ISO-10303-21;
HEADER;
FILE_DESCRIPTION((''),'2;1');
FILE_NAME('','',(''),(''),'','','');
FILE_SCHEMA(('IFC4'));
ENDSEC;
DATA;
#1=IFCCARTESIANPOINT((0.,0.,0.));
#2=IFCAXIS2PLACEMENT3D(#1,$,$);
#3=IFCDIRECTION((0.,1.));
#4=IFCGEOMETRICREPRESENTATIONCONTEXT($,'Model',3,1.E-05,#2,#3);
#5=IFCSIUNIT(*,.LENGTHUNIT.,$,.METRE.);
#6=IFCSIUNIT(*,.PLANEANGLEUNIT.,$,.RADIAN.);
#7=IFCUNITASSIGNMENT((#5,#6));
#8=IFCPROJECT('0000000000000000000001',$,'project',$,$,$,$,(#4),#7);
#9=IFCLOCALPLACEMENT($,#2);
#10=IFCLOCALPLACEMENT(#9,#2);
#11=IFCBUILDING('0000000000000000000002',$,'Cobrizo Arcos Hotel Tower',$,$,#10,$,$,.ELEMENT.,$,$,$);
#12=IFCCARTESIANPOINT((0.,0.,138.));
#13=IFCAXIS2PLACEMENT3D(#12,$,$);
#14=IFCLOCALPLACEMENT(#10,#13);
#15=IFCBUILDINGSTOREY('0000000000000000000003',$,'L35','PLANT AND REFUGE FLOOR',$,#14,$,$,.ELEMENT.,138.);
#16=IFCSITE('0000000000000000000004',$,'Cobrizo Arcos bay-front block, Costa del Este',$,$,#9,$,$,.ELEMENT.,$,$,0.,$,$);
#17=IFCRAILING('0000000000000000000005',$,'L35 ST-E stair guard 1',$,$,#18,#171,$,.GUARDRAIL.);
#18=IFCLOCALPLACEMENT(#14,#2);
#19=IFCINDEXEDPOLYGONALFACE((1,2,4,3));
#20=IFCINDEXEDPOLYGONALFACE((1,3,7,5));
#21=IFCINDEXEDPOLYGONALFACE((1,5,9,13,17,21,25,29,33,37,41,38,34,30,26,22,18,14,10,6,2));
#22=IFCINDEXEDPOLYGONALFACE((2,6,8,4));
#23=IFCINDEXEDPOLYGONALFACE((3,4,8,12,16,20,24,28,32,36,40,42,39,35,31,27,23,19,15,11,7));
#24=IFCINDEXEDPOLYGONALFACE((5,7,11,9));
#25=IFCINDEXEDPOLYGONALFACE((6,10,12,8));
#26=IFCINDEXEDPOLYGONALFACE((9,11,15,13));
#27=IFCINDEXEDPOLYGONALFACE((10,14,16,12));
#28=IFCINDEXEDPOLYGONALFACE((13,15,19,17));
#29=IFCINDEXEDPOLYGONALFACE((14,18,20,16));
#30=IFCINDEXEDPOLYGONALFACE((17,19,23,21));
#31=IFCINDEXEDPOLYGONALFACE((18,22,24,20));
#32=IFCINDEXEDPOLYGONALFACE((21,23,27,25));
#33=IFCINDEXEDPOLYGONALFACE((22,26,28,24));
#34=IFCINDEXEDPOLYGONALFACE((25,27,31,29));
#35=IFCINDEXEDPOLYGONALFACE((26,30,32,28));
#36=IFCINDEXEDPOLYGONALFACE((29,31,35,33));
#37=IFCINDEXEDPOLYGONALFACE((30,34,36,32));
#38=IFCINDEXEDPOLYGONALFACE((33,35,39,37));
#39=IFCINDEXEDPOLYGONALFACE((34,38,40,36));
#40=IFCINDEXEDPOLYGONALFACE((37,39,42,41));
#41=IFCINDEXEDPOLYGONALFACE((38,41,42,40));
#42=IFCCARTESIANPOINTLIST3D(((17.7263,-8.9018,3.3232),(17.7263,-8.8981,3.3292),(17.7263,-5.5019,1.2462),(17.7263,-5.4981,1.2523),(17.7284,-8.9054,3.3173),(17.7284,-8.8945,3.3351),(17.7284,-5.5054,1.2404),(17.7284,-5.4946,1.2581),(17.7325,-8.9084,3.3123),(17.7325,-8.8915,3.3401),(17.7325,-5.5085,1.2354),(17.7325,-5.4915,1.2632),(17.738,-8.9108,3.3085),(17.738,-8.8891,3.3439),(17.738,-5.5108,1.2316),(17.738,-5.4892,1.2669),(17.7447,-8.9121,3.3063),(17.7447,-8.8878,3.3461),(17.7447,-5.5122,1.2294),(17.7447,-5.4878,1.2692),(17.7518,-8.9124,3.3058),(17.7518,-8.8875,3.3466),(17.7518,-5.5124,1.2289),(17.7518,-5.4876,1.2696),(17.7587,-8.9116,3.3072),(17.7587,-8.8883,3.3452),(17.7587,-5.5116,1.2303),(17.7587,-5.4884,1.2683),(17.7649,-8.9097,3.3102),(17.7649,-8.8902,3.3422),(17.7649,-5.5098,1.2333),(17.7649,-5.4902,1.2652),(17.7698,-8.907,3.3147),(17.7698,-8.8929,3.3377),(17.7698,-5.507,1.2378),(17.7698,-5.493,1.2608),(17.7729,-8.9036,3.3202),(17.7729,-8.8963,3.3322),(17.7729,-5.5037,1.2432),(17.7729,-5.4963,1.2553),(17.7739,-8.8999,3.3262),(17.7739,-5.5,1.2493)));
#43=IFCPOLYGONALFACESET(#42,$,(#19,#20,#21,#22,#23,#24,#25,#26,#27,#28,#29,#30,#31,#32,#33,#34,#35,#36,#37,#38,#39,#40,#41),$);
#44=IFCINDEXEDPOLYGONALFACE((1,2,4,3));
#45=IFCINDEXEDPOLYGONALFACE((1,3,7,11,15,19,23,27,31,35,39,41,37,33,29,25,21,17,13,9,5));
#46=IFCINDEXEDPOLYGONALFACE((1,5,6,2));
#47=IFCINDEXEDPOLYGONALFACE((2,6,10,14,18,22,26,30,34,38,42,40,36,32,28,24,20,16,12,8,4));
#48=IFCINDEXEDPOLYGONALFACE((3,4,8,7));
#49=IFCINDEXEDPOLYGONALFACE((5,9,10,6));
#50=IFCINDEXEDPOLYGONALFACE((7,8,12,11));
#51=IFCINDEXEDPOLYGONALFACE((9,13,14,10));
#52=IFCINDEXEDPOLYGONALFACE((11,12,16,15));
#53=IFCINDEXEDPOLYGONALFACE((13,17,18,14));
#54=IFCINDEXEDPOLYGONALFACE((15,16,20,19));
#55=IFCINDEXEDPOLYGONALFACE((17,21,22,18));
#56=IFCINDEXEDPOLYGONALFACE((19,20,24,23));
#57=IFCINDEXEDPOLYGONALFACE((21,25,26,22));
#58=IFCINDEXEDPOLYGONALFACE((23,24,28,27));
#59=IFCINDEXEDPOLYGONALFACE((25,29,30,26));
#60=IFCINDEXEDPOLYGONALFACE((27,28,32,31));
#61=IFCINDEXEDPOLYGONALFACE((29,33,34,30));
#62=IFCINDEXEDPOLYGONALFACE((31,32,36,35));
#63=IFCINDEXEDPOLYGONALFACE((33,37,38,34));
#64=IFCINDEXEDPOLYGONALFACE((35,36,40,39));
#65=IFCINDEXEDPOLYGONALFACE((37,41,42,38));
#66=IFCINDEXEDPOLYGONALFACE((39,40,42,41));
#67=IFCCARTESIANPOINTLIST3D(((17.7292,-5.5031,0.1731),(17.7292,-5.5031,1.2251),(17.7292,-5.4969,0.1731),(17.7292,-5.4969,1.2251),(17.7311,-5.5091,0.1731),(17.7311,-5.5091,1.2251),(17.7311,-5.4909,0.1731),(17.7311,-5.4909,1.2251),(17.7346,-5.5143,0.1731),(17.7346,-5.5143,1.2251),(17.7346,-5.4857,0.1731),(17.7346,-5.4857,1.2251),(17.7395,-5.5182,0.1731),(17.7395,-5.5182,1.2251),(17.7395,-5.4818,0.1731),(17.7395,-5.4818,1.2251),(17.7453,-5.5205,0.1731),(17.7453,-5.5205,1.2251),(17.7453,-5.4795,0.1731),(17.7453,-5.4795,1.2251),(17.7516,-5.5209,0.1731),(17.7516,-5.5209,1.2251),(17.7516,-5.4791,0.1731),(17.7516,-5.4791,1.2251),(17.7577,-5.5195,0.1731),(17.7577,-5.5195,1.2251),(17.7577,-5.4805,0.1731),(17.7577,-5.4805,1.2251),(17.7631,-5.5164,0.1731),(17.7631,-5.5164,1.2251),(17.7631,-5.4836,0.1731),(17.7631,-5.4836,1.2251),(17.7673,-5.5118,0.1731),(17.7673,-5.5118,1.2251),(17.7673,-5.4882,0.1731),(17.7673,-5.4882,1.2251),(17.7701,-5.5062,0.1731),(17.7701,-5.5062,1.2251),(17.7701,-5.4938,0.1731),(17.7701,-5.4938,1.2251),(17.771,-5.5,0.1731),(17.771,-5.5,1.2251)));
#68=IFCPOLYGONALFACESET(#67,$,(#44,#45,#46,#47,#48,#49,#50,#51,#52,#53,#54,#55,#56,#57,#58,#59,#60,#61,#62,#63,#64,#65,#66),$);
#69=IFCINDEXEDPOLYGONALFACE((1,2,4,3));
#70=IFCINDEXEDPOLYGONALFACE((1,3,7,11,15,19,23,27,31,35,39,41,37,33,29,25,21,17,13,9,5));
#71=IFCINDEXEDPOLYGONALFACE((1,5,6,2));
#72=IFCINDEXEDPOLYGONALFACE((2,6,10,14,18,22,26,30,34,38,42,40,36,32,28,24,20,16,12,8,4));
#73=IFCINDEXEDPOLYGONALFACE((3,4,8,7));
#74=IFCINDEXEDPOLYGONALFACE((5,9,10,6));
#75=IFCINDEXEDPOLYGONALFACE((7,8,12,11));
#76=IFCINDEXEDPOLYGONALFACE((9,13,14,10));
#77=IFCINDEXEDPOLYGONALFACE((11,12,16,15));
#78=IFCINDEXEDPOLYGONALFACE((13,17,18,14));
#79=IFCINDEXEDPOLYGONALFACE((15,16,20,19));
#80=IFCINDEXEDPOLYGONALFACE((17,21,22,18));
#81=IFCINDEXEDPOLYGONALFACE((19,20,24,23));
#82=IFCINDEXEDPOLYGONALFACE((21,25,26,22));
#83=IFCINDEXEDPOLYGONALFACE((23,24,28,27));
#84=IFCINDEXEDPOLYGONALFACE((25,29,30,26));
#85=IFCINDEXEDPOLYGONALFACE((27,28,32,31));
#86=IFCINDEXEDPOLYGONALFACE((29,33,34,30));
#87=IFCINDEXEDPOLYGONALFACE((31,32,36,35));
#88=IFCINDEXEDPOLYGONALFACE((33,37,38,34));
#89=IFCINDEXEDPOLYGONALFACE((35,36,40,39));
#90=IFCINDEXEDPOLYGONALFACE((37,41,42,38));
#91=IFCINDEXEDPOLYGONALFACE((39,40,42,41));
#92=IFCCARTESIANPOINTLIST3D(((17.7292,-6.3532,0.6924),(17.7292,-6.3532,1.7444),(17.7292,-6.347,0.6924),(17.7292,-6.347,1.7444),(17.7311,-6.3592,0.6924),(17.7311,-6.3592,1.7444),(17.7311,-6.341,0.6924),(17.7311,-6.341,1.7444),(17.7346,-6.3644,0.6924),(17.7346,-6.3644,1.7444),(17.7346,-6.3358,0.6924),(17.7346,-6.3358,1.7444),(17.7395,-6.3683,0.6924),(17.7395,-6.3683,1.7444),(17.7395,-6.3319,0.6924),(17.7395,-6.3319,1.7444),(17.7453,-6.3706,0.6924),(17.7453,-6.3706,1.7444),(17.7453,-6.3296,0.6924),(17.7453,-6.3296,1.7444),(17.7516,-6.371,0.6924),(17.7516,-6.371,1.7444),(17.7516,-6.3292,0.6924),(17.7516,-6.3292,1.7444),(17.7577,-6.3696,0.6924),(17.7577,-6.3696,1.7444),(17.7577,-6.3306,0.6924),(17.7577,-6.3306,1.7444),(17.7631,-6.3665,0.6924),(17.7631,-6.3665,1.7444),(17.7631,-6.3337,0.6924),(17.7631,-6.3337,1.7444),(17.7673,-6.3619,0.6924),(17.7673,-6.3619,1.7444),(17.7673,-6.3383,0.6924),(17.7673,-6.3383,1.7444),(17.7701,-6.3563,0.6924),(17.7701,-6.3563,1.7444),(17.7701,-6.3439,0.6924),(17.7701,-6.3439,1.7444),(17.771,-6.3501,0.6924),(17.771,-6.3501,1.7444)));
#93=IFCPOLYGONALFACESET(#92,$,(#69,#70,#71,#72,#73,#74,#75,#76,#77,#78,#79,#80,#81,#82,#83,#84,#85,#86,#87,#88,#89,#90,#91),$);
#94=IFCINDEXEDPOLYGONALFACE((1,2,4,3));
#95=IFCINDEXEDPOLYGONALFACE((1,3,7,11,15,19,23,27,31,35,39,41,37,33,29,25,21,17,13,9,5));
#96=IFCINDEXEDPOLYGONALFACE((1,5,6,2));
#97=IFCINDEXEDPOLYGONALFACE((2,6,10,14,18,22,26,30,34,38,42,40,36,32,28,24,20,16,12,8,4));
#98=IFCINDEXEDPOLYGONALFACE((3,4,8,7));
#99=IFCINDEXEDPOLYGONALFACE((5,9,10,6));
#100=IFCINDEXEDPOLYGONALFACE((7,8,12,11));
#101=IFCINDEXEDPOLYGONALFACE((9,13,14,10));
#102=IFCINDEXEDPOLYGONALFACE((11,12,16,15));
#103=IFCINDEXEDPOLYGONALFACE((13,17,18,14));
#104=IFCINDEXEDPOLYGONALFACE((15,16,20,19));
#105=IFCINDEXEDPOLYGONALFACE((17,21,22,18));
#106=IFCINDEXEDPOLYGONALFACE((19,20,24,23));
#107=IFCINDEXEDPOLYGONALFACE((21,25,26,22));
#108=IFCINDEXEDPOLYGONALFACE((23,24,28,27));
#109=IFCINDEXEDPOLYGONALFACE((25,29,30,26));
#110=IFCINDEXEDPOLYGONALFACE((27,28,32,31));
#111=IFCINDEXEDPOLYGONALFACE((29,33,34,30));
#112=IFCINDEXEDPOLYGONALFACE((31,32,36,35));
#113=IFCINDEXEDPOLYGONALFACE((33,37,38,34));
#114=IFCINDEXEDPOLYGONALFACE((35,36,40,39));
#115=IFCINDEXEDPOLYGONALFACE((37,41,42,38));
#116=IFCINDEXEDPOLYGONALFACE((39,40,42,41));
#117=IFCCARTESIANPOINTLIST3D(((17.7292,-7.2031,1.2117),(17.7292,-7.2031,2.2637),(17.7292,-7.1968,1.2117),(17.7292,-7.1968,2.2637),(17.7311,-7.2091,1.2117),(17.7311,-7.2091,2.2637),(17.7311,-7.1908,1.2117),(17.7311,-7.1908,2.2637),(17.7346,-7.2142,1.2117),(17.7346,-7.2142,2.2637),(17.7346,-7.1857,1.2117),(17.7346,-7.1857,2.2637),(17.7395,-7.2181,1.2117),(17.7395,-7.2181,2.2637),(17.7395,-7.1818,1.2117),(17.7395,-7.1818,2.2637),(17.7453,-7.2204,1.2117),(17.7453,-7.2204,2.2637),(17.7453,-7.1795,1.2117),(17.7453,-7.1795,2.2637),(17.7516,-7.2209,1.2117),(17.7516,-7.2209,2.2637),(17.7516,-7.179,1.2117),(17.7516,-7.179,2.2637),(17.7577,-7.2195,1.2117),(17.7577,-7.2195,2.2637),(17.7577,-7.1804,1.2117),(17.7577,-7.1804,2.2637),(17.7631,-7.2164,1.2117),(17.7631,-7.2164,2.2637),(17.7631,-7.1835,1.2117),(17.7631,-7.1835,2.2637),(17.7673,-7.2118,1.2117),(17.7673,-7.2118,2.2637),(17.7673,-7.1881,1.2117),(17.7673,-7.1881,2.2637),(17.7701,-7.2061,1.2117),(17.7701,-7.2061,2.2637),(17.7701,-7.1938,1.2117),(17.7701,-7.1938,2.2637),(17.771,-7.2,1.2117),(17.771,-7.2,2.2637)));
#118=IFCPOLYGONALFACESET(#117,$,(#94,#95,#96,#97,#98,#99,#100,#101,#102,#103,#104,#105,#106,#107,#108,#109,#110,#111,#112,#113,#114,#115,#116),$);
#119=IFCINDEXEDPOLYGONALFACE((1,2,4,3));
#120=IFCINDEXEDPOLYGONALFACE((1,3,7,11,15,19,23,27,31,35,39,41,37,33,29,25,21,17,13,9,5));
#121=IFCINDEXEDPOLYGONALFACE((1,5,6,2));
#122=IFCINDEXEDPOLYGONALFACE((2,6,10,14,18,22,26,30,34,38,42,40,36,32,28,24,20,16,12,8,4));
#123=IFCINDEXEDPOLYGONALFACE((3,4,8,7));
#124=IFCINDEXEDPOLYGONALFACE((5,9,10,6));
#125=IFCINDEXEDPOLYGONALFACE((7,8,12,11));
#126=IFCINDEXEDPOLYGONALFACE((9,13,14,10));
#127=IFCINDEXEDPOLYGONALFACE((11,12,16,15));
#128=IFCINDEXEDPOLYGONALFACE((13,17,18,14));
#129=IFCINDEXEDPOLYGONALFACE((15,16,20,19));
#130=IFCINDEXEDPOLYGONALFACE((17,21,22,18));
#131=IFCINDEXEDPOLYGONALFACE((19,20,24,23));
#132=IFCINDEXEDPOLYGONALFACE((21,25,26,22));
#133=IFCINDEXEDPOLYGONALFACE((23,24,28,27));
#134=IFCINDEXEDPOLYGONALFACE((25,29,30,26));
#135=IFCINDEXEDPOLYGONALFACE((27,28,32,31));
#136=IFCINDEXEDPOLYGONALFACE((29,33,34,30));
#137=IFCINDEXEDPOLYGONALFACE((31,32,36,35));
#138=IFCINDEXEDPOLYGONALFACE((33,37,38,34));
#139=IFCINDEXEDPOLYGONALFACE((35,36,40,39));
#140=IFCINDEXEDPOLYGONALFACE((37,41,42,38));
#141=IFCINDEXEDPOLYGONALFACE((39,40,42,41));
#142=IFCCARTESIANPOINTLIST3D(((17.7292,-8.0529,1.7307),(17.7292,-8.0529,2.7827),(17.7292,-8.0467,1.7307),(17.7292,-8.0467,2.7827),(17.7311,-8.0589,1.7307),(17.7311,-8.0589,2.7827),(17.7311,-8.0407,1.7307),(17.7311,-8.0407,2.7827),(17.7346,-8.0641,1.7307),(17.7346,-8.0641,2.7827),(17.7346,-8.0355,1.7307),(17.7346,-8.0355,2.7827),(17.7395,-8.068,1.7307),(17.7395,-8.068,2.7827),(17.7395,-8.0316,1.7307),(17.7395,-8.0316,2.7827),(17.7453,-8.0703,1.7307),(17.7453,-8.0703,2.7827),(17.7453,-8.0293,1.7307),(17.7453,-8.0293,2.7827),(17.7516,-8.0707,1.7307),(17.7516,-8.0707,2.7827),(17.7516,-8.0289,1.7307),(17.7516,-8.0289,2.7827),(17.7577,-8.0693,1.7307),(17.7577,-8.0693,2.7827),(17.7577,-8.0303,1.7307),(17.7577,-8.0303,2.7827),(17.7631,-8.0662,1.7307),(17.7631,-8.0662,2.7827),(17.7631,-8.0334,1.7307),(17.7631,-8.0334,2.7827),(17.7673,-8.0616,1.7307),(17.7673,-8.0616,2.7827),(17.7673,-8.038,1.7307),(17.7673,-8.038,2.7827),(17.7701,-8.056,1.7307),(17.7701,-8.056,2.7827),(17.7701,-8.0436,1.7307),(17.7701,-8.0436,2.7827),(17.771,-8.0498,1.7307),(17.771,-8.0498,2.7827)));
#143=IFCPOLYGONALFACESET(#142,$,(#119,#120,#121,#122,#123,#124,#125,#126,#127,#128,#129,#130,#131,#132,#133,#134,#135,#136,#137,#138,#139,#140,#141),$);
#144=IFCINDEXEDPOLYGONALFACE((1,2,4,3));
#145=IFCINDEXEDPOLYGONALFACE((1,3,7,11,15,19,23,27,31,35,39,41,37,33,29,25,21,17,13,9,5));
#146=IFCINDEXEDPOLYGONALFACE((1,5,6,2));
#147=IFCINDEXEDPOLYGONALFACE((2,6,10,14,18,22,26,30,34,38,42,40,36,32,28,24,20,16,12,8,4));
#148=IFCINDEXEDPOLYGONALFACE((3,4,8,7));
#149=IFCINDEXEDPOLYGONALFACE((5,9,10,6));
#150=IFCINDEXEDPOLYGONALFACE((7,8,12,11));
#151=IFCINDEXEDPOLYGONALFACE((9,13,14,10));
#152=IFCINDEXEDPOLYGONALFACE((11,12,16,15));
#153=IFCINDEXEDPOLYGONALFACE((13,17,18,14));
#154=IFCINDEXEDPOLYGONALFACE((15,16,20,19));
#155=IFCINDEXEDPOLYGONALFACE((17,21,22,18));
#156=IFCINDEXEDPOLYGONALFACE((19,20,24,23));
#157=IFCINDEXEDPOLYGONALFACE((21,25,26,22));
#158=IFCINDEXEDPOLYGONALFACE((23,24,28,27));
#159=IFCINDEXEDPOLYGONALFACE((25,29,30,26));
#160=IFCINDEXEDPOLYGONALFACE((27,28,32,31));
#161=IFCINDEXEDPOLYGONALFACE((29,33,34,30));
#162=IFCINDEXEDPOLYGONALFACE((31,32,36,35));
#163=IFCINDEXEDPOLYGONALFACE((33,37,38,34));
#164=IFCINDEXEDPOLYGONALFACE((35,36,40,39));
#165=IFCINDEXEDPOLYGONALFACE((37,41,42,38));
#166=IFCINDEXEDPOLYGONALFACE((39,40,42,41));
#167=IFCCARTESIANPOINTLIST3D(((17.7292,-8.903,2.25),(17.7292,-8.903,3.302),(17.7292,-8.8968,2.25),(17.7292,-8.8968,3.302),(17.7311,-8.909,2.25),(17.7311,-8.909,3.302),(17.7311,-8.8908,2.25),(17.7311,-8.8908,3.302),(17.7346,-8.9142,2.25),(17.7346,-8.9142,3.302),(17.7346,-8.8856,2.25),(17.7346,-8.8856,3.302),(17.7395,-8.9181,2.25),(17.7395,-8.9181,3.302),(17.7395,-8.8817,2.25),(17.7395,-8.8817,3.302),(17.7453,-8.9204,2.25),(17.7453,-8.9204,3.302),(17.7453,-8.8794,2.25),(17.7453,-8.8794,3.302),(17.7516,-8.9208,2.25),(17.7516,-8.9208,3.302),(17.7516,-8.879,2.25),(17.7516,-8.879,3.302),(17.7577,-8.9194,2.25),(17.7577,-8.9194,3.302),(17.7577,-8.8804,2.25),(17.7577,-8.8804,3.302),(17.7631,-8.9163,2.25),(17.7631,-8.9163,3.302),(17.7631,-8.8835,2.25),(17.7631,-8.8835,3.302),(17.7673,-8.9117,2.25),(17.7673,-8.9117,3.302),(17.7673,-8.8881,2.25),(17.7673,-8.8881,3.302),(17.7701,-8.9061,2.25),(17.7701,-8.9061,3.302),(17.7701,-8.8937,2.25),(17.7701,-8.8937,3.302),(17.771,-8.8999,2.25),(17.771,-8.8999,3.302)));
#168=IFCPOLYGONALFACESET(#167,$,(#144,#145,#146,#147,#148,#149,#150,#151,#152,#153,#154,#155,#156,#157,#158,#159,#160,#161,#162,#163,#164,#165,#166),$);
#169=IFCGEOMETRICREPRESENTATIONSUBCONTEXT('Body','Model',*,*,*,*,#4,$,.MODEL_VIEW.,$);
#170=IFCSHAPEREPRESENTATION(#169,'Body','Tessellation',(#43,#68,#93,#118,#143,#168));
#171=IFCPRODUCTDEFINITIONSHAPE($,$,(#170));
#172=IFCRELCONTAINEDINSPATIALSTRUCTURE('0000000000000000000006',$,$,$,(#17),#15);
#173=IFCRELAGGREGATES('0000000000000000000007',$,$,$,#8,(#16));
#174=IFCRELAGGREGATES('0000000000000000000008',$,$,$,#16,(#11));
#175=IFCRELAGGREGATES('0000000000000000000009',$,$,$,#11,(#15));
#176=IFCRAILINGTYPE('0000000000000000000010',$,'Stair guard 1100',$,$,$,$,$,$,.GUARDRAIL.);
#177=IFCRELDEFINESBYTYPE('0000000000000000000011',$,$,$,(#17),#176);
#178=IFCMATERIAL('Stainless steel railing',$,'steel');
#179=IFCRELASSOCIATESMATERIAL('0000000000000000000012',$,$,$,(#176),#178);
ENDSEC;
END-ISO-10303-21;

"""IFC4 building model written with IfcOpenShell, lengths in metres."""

from ifc_helpers import new_model, si_unit, direction, frame, origin, origin_2d, place, context, subcontext, project, spatial, circle, extrude, material, type_object, element, save


model = new_model("IFC4")

# Units and contexts
model_context = context("Model", 3, precision=1e-05, world=origin(), true_north=direction((0.0, 1.0)))
body_context = subcontext(model_context, "Body", "Model", "MODEL_VIEW")
ifc_project = project(units=[si_unit("LENGTHUNIT", "METRE"), si_unit("PLANEANGLEUNIT", "RADIAN")], contexts=[model_context])

# Site, building, storey
site_placement = place(None, origin())
site = spatial("IfcSite", under=ifc_project, at=site_placement, Name="Cobrizo Arcos bay-front block, Costa del Este", CompositionType="ELEMENT", RefElevation=0.0)
building_placement = place(site_placement, origin())
building = spatial("IfcBuilding", under=site, at=building_placement, Name="Cobrizo Arcos Hotel Tower", CompositionType="ELEMENT")
storey_placement = place(building_placement, frame((0.0, 0.0, 138.0)))
storey = spatial("IfcBuildingStorey", under=building, at=storey_placement, Name="L35", Description="PLANT AND REFUGE FLOOR", CompositionType="ELEMENT", Elevation=138.0)

# Railing
ifc_material_1 = material(Name="Stainless steel railing", Category="steel")
railing_type_1 = type_object("IfcRailingType", Name="Stair guard 1100", PredefinedType="GUARDRAIL", material=ifc_material_1)
railing_1_placement = place(storey_placement, frame((17.75, -5.5, 0.1731)))
element("IfcRailing", 1, at=railing_1_placement, inside=storey, type_object=railing_type_1, Name="L35 ST-E stair guard 1", PredefinedType="GUARDRAIL", context=body_context, shape_type="SweptSolid", body=[
    extrude(circle(Radius=0.0239, at=origin_2d()), frame((0.0, 0.0, 1.0762), z_axis=(0.0, -0.853373, 0.521301), x_axis=(1.0, 0.0, 0.0)), (0.0, 0.0, 1.0), 3.9841),
    extrude(circle(Radius=0.021, at=origin_2d()), origin(), (0.0, 0.0, 1.0), 1.052),
    extrude(circle(Radius=0.021, at=origin_2d()), frame((0.0, -0.8501, 0.5193)), (0.0, 0.0, 1.0), 1.052),
    extrude(circle(Radius=0.021, at=origin_2d()), frame((0.0, -1.7, 1.0386)), (0.0, 0.0, 1.0), 1.052),
    extrude(circle(Radius=0.021, at=origin_2d()), frame((0.0, -2.5498, 1.5576)), (0.0, 0.0, 1.0), 1.052),
    extrude(circle(Radius=0.021, at=origin_2d()), frame((0.0, -3.3999, 2.0769)), (0.0, 0.0, 1.0), 1.052),
])

save(model, "model.ifc")
